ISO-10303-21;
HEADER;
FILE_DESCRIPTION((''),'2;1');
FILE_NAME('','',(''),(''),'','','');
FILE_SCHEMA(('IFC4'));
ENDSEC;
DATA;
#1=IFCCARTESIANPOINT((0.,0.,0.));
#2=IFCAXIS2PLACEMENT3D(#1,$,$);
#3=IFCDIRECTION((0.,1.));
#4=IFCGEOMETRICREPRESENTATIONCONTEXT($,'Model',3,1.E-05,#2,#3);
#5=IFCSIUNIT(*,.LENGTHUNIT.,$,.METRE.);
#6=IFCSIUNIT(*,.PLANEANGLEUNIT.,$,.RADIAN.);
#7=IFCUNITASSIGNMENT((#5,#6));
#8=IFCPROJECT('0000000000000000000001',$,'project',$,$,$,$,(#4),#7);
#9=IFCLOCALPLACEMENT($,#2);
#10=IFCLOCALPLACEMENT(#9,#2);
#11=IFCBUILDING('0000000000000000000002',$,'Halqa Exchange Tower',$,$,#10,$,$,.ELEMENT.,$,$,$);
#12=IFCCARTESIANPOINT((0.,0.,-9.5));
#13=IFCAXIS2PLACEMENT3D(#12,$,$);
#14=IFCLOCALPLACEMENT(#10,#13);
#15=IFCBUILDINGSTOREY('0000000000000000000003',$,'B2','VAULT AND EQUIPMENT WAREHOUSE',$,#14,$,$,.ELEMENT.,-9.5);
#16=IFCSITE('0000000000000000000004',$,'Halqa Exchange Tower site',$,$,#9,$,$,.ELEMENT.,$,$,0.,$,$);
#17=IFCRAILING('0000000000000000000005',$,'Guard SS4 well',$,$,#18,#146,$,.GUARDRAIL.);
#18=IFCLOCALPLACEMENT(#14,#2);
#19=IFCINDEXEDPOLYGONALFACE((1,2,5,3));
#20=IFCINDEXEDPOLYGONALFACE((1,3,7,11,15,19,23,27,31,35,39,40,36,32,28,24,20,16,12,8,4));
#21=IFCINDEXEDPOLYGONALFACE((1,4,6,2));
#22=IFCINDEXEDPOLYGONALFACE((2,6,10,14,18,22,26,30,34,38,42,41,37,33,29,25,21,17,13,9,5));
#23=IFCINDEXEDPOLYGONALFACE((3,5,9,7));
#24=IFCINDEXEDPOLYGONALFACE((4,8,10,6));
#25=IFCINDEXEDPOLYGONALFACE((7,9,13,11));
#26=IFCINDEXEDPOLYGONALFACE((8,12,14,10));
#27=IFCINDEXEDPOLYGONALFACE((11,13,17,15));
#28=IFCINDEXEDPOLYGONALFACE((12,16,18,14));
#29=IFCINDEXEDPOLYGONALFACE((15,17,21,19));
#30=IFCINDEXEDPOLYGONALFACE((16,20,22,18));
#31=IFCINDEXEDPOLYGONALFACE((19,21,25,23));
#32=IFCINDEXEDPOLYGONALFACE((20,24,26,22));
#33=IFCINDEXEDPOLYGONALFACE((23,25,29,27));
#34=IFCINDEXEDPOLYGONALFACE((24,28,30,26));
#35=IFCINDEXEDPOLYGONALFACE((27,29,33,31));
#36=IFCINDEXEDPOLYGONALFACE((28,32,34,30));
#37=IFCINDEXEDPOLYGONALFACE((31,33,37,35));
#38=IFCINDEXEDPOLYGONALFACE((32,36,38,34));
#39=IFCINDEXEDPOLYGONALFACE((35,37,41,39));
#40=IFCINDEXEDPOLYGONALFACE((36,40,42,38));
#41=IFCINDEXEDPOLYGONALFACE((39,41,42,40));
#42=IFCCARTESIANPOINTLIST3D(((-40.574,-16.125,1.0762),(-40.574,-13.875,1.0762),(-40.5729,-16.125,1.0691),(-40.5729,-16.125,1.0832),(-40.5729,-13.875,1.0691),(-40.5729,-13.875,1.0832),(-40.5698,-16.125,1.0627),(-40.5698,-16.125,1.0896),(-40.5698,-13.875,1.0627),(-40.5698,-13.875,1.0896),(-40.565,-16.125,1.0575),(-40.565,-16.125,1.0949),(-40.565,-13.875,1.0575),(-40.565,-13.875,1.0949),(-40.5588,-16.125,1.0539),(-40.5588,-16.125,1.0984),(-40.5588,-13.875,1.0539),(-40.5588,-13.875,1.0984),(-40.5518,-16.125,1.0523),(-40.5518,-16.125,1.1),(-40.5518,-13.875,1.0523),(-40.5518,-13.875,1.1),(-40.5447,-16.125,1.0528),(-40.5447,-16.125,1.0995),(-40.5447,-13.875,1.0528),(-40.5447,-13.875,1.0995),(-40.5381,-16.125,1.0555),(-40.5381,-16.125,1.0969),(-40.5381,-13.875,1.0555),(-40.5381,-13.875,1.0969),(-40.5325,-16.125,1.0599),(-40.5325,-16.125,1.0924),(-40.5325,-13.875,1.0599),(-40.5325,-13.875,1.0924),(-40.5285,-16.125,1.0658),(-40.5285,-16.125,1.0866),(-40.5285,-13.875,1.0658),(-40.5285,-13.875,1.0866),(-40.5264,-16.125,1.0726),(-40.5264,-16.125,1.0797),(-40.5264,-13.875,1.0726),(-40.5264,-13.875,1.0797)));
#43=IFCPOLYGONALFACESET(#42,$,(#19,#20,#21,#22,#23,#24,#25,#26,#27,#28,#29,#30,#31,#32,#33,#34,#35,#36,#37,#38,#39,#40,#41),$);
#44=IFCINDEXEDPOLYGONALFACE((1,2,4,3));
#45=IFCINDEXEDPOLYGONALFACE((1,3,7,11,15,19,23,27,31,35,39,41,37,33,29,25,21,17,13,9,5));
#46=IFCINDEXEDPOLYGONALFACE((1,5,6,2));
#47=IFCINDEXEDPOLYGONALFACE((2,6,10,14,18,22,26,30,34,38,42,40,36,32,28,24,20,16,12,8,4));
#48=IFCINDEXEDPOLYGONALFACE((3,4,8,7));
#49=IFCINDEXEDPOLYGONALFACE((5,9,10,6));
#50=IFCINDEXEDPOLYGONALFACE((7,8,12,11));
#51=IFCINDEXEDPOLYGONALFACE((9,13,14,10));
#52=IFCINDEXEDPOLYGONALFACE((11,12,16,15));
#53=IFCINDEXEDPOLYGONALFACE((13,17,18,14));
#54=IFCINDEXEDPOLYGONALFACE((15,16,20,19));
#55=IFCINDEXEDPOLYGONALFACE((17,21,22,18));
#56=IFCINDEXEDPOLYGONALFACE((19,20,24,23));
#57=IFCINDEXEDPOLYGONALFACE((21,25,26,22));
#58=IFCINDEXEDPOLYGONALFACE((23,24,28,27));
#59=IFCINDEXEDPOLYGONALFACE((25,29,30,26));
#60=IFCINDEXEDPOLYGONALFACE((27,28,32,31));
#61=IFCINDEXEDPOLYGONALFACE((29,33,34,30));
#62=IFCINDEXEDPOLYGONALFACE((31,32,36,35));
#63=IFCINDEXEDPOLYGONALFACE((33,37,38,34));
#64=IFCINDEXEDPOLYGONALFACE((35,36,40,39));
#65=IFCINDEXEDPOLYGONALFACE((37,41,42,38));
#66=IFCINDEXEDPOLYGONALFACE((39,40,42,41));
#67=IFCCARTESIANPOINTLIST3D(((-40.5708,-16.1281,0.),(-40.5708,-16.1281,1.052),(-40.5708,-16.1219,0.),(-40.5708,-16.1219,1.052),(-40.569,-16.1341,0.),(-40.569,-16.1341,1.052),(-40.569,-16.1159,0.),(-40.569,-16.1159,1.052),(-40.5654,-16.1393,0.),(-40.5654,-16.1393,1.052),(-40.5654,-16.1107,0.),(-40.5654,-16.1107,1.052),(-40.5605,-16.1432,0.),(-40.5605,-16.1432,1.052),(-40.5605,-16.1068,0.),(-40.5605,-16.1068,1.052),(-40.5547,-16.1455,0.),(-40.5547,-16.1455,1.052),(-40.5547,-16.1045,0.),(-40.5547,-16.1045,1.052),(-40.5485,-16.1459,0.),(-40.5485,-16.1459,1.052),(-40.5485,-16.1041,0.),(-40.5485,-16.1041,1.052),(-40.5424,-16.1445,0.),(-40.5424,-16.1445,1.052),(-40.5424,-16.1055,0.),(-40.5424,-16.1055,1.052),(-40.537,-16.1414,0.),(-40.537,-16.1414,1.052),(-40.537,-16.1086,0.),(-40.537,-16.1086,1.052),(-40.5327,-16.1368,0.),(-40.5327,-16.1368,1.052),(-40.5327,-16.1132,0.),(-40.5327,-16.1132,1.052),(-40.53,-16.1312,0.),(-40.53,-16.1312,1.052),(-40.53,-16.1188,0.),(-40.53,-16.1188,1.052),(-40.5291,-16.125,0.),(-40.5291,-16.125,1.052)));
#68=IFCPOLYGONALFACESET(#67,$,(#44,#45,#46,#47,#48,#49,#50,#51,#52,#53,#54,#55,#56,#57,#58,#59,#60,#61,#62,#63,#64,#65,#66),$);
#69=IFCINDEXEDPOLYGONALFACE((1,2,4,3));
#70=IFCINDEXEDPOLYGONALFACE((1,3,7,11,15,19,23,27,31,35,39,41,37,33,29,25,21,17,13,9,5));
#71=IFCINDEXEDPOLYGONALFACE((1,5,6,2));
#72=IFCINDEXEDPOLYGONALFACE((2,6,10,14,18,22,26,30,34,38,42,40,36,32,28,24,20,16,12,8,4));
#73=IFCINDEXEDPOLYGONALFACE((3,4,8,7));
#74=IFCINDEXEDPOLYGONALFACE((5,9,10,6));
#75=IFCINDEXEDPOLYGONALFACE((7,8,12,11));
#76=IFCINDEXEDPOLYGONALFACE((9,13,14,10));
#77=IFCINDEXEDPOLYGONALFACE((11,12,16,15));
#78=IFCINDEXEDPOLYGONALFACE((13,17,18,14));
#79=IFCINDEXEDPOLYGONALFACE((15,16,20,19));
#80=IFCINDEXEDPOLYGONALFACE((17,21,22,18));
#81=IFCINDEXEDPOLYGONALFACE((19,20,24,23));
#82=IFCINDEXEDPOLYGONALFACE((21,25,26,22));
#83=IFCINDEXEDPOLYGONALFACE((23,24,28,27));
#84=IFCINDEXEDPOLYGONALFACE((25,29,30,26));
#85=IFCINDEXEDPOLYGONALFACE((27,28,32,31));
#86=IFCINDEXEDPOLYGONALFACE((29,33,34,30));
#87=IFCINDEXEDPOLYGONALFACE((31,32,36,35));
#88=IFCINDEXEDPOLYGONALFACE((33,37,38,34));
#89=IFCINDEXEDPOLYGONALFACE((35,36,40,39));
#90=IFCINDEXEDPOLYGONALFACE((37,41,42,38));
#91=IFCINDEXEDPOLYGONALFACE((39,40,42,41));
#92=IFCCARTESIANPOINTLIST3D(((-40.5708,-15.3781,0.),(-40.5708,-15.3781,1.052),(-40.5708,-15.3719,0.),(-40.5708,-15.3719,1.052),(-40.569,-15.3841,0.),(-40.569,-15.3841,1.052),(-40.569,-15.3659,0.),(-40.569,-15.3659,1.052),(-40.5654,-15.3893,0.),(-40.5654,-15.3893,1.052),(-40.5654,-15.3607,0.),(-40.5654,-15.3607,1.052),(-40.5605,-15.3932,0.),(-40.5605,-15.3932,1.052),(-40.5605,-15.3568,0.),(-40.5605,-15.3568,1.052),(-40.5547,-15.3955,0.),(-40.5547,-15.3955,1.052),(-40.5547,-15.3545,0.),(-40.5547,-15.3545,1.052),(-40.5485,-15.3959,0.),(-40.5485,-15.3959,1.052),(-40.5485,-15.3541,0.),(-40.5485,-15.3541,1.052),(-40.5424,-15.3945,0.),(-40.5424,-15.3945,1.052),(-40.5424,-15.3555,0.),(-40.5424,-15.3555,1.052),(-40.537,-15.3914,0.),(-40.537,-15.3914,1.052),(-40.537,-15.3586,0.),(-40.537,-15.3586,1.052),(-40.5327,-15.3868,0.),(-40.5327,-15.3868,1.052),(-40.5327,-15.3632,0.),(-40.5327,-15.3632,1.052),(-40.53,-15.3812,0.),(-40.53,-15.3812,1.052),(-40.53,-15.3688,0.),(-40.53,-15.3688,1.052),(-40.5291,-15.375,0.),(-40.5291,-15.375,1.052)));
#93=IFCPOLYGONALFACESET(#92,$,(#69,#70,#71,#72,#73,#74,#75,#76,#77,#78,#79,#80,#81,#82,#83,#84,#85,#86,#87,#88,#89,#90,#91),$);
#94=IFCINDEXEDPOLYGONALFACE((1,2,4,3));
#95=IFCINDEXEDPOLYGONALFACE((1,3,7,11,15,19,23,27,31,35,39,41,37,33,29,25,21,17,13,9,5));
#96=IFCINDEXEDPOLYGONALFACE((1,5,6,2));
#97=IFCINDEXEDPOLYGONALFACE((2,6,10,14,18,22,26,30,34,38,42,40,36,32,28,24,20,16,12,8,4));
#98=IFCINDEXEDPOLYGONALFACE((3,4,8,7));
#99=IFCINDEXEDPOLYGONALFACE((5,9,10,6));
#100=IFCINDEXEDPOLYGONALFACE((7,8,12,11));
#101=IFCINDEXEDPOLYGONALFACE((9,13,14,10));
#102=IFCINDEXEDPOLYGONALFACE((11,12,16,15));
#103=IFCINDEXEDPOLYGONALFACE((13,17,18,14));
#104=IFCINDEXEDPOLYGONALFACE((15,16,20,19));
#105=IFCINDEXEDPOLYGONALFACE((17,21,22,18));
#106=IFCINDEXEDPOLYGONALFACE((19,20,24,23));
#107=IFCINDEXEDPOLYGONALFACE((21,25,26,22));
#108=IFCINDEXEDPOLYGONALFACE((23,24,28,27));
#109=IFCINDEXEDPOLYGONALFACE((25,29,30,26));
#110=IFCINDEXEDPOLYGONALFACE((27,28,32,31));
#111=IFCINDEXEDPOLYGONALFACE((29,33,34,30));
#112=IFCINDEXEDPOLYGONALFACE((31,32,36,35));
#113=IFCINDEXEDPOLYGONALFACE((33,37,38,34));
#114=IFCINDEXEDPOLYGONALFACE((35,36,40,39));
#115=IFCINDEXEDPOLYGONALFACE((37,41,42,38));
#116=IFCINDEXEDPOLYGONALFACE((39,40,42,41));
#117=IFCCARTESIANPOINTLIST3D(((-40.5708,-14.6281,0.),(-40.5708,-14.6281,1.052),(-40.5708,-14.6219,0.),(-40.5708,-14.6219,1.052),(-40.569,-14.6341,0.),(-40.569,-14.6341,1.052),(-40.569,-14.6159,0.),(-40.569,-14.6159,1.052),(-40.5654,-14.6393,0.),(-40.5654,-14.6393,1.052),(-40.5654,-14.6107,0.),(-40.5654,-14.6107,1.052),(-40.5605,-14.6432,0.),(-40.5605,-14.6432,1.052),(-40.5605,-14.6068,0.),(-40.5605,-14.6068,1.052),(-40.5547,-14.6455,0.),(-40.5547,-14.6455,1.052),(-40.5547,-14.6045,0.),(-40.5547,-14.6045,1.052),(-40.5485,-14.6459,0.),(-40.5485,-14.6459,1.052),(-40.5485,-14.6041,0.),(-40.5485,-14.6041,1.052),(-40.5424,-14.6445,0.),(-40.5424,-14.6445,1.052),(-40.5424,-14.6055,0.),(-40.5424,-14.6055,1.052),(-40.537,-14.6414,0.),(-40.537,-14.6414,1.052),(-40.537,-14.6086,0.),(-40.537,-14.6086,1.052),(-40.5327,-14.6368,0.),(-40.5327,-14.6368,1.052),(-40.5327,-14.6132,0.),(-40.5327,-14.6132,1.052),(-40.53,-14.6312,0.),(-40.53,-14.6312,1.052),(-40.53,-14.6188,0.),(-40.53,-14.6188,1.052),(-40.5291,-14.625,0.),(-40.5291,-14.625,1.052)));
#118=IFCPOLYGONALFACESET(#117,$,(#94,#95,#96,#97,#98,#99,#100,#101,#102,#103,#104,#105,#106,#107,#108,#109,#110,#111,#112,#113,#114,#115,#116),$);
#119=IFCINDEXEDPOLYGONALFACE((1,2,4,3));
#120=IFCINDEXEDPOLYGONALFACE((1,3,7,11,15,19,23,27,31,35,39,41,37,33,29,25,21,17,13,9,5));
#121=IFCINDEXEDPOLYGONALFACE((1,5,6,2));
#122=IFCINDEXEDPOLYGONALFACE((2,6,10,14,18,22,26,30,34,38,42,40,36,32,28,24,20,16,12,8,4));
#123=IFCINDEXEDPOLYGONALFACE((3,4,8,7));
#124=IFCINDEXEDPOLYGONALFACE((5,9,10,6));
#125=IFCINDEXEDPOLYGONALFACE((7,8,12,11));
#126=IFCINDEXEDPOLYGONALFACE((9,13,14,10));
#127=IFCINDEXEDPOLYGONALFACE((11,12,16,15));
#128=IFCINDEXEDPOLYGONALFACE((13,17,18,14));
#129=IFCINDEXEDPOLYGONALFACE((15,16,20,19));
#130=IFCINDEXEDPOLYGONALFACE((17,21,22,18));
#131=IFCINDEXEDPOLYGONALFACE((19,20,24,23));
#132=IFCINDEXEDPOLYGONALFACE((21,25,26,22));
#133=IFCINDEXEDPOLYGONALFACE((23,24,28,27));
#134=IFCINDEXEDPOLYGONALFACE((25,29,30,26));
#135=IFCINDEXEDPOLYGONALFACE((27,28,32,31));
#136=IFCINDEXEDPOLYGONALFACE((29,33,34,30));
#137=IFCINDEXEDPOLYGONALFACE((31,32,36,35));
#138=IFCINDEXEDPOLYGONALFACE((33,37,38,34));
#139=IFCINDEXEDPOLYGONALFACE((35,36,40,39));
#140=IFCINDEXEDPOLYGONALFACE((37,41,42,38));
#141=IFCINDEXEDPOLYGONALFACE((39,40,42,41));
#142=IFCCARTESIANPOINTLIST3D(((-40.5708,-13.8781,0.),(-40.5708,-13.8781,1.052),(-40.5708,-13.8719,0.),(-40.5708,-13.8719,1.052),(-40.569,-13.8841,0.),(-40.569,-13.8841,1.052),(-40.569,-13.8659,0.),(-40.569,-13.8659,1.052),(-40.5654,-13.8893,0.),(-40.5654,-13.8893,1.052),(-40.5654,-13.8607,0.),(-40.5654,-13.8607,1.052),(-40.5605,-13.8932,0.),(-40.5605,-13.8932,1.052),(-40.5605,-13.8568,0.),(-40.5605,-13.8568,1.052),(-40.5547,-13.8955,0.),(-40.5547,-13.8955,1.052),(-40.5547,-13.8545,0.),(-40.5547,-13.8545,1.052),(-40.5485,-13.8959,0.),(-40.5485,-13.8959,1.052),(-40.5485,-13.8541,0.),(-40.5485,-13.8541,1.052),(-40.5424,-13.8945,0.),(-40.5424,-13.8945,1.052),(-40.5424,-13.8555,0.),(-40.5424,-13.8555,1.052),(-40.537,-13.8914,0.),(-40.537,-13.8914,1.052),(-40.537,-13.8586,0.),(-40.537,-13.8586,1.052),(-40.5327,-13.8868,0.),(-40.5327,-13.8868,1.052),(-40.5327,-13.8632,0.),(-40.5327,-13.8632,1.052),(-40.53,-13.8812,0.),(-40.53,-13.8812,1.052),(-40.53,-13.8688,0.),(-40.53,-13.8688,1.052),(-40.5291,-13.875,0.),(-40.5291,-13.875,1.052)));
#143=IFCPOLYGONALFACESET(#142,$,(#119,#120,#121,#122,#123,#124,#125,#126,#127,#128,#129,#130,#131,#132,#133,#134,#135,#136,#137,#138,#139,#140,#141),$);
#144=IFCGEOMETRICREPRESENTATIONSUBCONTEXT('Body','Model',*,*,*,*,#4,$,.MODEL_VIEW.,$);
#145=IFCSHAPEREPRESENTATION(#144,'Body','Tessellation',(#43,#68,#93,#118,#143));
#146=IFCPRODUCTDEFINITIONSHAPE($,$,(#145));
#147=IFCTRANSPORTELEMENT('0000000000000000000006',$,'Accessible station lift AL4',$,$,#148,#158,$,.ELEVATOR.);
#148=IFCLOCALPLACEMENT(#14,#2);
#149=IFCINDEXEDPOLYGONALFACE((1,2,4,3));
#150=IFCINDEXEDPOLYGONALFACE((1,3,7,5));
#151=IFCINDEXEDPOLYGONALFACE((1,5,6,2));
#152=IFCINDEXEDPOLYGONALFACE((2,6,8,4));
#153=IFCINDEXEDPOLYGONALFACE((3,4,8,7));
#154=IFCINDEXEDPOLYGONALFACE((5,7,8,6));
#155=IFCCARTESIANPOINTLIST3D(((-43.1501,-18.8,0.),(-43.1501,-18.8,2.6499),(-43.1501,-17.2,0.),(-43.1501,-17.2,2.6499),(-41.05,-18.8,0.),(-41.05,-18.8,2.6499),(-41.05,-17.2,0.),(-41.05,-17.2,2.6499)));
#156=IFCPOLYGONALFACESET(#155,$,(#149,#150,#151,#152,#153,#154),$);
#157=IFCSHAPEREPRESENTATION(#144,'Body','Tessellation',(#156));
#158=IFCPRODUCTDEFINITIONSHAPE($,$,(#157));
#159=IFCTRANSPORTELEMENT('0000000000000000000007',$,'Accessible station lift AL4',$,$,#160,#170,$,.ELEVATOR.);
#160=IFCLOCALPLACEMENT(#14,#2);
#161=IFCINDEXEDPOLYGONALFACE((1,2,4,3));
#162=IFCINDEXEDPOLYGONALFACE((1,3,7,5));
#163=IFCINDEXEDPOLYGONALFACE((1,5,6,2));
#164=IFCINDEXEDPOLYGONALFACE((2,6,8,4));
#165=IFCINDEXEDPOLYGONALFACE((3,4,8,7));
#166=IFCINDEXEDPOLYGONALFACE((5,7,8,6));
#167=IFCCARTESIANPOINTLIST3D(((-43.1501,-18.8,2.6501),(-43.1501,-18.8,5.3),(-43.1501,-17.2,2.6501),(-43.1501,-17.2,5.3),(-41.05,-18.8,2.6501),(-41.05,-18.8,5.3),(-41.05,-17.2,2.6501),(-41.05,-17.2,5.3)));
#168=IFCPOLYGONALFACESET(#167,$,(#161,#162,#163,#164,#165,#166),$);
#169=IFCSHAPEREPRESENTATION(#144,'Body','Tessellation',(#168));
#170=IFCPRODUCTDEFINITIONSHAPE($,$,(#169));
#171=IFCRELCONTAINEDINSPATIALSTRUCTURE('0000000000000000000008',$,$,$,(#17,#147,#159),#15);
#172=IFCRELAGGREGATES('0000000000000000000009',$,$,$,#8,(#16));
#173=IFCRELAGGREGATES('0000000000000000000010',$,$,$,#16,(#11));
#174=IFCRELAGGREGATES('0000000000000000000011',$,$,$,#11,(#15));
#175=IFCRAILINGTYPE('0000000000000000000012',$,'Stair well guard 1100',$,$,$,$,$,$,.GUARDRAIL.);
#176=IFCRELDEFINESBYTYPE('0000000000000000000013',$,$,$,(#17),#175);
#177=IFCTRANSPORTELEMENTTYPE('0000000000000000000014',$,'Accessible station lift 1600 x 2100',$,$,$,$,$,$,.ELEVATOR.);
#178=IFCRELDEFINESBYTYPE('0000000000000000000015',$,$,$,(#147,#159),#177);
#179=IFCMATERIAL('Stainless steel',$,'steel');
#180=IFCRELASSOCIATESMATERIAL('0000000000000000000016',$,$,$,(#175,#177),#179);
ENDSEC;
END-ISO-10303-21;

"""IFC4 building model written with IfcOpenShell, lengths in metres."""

from ifc_helpers import new_model, si_unit, direction, frame, origin, origin_2d, place, context, subcontext, project, spatial, rectangle, circle, extrude, material, type_object, element, save


model = new_model("IFC4")

# Units and contexts
model_context = context("Model", 3, precision=1e-05, world=origin(), true_north=direction((0.0, 1.0)))
body_context = subcontext(model_context, "Body", "Model", "MODEL_VIEW")
ifc_project = project(units=[si_unit("LENGTHUNIT", "METRE"), si_unit("PLANEANGLEUNIT", "RADIAN")], contexts=[model_context])

# Site, building, storey
site_placement = place(None, origin())
site = spatial("IfcSite", under=ifc_project, at=site_placement, Name="Halqa Exchange Tower site", CompositionType="ELEMENT", RefElevation=0.0)
building_placement = place(site_placement, origin())
building = spatial("IfcBuilding", under=site, at=building_placement, Name="Halqa Exchange Tower", CompositionType="ELEMENT")
storey_placement = place(building_placement, frame((0.0, 0.0, -9.5)))
storey = spatial("IfcBuildingStorey", under=building, at=storey_placement, Name="B2", Description="VAULT AND EQUIPMENT WAREHOUSE", CompositionType="ELEMENT", Elevation=-9.5)

# Shared definitions
ifc_material_1 = material(Name="Stainless steel", Category="steel")

# Railing
railing_type = type_object("IfcRailingType", Name="Stair well guard 1100", PredefinedType="GUARDRAIL", material=ifc_material_1)
railing_placement = place(storey_placement, frame((-40.55, -16.125, 0.0)))
element("IfcRailing", 1, at=railing_placement, inside=storey, type_object=railing_type, Name="Guard SS4 well", PredefinedType="GUARDRAIL", context=body_context, shape_type="SweptSolid", body=[
    extrude(circle(Radius=0.0239, at=origin_2d()), frame((0.0, 0.0, 1.0762), z_axis=(0.0, 1.0, 0.0), x_axis=(-1.0, 0.0, 0.0)), (0.0, 0.0, 1.0), 2.25),
    extrude(circle(Radius=0.021, at=origin_2d()), origin(), (0.0, 0.0, 1.0), 1.052),
    extrude(circle(Radius=0.021, at=origin_2d()), frame((0.0, 0.75, 0.0)), (0.0, 0.0, 1.0), 1.052),
    extrude(circle(Radius=0.021, at=origin_2d()), frame((0.0, 1.5, 0.0)), (0.0, 0.0, 1.0), 1.052),
    extrude(circle(Radius=0.021, at=origin_2d()), frame((0.0, 2.25, 0.0)), (0.0, 0.0, 1.0), 1.052),
])

# Transport elements
transport_element_type = type_object("IfcTransportElementType", Name="Accessible station lift 1600 x 2100", PredefinedType="ELEVATOR", material=ifc_material_1)
for number, where, z_axis, x_axis, name in (
    (2, (-42.1001, -18.0, 0.0), (0.0, 0.0, 1.0), (1.0, 0.0, 0.0), "Accessible station lift AL4"),
    (3, (-42.1001, -18.0, 2.6501), (0.0, 0.0, 1.0), (1.0, 0.0, 0.0), "Accessible station lift AL4"),
):
    element("IfcTransportElement", number, at=place(storey_placement, frame(where, z_axis=z_axis, x_axis=x_axis)), inside=storey, type_object=transport_element_type, Name=name, PredefinedType="ELEVATOR", context=body_context, shape_type="SweptSolid", body=[
        extrude(rectangle(XDim=2.1001, YDim=1.6001, at=origin_2d()), origin(), (0.0, 0.0, 1.0), 2.6499),
    ])

save(model, "model.ifc")
